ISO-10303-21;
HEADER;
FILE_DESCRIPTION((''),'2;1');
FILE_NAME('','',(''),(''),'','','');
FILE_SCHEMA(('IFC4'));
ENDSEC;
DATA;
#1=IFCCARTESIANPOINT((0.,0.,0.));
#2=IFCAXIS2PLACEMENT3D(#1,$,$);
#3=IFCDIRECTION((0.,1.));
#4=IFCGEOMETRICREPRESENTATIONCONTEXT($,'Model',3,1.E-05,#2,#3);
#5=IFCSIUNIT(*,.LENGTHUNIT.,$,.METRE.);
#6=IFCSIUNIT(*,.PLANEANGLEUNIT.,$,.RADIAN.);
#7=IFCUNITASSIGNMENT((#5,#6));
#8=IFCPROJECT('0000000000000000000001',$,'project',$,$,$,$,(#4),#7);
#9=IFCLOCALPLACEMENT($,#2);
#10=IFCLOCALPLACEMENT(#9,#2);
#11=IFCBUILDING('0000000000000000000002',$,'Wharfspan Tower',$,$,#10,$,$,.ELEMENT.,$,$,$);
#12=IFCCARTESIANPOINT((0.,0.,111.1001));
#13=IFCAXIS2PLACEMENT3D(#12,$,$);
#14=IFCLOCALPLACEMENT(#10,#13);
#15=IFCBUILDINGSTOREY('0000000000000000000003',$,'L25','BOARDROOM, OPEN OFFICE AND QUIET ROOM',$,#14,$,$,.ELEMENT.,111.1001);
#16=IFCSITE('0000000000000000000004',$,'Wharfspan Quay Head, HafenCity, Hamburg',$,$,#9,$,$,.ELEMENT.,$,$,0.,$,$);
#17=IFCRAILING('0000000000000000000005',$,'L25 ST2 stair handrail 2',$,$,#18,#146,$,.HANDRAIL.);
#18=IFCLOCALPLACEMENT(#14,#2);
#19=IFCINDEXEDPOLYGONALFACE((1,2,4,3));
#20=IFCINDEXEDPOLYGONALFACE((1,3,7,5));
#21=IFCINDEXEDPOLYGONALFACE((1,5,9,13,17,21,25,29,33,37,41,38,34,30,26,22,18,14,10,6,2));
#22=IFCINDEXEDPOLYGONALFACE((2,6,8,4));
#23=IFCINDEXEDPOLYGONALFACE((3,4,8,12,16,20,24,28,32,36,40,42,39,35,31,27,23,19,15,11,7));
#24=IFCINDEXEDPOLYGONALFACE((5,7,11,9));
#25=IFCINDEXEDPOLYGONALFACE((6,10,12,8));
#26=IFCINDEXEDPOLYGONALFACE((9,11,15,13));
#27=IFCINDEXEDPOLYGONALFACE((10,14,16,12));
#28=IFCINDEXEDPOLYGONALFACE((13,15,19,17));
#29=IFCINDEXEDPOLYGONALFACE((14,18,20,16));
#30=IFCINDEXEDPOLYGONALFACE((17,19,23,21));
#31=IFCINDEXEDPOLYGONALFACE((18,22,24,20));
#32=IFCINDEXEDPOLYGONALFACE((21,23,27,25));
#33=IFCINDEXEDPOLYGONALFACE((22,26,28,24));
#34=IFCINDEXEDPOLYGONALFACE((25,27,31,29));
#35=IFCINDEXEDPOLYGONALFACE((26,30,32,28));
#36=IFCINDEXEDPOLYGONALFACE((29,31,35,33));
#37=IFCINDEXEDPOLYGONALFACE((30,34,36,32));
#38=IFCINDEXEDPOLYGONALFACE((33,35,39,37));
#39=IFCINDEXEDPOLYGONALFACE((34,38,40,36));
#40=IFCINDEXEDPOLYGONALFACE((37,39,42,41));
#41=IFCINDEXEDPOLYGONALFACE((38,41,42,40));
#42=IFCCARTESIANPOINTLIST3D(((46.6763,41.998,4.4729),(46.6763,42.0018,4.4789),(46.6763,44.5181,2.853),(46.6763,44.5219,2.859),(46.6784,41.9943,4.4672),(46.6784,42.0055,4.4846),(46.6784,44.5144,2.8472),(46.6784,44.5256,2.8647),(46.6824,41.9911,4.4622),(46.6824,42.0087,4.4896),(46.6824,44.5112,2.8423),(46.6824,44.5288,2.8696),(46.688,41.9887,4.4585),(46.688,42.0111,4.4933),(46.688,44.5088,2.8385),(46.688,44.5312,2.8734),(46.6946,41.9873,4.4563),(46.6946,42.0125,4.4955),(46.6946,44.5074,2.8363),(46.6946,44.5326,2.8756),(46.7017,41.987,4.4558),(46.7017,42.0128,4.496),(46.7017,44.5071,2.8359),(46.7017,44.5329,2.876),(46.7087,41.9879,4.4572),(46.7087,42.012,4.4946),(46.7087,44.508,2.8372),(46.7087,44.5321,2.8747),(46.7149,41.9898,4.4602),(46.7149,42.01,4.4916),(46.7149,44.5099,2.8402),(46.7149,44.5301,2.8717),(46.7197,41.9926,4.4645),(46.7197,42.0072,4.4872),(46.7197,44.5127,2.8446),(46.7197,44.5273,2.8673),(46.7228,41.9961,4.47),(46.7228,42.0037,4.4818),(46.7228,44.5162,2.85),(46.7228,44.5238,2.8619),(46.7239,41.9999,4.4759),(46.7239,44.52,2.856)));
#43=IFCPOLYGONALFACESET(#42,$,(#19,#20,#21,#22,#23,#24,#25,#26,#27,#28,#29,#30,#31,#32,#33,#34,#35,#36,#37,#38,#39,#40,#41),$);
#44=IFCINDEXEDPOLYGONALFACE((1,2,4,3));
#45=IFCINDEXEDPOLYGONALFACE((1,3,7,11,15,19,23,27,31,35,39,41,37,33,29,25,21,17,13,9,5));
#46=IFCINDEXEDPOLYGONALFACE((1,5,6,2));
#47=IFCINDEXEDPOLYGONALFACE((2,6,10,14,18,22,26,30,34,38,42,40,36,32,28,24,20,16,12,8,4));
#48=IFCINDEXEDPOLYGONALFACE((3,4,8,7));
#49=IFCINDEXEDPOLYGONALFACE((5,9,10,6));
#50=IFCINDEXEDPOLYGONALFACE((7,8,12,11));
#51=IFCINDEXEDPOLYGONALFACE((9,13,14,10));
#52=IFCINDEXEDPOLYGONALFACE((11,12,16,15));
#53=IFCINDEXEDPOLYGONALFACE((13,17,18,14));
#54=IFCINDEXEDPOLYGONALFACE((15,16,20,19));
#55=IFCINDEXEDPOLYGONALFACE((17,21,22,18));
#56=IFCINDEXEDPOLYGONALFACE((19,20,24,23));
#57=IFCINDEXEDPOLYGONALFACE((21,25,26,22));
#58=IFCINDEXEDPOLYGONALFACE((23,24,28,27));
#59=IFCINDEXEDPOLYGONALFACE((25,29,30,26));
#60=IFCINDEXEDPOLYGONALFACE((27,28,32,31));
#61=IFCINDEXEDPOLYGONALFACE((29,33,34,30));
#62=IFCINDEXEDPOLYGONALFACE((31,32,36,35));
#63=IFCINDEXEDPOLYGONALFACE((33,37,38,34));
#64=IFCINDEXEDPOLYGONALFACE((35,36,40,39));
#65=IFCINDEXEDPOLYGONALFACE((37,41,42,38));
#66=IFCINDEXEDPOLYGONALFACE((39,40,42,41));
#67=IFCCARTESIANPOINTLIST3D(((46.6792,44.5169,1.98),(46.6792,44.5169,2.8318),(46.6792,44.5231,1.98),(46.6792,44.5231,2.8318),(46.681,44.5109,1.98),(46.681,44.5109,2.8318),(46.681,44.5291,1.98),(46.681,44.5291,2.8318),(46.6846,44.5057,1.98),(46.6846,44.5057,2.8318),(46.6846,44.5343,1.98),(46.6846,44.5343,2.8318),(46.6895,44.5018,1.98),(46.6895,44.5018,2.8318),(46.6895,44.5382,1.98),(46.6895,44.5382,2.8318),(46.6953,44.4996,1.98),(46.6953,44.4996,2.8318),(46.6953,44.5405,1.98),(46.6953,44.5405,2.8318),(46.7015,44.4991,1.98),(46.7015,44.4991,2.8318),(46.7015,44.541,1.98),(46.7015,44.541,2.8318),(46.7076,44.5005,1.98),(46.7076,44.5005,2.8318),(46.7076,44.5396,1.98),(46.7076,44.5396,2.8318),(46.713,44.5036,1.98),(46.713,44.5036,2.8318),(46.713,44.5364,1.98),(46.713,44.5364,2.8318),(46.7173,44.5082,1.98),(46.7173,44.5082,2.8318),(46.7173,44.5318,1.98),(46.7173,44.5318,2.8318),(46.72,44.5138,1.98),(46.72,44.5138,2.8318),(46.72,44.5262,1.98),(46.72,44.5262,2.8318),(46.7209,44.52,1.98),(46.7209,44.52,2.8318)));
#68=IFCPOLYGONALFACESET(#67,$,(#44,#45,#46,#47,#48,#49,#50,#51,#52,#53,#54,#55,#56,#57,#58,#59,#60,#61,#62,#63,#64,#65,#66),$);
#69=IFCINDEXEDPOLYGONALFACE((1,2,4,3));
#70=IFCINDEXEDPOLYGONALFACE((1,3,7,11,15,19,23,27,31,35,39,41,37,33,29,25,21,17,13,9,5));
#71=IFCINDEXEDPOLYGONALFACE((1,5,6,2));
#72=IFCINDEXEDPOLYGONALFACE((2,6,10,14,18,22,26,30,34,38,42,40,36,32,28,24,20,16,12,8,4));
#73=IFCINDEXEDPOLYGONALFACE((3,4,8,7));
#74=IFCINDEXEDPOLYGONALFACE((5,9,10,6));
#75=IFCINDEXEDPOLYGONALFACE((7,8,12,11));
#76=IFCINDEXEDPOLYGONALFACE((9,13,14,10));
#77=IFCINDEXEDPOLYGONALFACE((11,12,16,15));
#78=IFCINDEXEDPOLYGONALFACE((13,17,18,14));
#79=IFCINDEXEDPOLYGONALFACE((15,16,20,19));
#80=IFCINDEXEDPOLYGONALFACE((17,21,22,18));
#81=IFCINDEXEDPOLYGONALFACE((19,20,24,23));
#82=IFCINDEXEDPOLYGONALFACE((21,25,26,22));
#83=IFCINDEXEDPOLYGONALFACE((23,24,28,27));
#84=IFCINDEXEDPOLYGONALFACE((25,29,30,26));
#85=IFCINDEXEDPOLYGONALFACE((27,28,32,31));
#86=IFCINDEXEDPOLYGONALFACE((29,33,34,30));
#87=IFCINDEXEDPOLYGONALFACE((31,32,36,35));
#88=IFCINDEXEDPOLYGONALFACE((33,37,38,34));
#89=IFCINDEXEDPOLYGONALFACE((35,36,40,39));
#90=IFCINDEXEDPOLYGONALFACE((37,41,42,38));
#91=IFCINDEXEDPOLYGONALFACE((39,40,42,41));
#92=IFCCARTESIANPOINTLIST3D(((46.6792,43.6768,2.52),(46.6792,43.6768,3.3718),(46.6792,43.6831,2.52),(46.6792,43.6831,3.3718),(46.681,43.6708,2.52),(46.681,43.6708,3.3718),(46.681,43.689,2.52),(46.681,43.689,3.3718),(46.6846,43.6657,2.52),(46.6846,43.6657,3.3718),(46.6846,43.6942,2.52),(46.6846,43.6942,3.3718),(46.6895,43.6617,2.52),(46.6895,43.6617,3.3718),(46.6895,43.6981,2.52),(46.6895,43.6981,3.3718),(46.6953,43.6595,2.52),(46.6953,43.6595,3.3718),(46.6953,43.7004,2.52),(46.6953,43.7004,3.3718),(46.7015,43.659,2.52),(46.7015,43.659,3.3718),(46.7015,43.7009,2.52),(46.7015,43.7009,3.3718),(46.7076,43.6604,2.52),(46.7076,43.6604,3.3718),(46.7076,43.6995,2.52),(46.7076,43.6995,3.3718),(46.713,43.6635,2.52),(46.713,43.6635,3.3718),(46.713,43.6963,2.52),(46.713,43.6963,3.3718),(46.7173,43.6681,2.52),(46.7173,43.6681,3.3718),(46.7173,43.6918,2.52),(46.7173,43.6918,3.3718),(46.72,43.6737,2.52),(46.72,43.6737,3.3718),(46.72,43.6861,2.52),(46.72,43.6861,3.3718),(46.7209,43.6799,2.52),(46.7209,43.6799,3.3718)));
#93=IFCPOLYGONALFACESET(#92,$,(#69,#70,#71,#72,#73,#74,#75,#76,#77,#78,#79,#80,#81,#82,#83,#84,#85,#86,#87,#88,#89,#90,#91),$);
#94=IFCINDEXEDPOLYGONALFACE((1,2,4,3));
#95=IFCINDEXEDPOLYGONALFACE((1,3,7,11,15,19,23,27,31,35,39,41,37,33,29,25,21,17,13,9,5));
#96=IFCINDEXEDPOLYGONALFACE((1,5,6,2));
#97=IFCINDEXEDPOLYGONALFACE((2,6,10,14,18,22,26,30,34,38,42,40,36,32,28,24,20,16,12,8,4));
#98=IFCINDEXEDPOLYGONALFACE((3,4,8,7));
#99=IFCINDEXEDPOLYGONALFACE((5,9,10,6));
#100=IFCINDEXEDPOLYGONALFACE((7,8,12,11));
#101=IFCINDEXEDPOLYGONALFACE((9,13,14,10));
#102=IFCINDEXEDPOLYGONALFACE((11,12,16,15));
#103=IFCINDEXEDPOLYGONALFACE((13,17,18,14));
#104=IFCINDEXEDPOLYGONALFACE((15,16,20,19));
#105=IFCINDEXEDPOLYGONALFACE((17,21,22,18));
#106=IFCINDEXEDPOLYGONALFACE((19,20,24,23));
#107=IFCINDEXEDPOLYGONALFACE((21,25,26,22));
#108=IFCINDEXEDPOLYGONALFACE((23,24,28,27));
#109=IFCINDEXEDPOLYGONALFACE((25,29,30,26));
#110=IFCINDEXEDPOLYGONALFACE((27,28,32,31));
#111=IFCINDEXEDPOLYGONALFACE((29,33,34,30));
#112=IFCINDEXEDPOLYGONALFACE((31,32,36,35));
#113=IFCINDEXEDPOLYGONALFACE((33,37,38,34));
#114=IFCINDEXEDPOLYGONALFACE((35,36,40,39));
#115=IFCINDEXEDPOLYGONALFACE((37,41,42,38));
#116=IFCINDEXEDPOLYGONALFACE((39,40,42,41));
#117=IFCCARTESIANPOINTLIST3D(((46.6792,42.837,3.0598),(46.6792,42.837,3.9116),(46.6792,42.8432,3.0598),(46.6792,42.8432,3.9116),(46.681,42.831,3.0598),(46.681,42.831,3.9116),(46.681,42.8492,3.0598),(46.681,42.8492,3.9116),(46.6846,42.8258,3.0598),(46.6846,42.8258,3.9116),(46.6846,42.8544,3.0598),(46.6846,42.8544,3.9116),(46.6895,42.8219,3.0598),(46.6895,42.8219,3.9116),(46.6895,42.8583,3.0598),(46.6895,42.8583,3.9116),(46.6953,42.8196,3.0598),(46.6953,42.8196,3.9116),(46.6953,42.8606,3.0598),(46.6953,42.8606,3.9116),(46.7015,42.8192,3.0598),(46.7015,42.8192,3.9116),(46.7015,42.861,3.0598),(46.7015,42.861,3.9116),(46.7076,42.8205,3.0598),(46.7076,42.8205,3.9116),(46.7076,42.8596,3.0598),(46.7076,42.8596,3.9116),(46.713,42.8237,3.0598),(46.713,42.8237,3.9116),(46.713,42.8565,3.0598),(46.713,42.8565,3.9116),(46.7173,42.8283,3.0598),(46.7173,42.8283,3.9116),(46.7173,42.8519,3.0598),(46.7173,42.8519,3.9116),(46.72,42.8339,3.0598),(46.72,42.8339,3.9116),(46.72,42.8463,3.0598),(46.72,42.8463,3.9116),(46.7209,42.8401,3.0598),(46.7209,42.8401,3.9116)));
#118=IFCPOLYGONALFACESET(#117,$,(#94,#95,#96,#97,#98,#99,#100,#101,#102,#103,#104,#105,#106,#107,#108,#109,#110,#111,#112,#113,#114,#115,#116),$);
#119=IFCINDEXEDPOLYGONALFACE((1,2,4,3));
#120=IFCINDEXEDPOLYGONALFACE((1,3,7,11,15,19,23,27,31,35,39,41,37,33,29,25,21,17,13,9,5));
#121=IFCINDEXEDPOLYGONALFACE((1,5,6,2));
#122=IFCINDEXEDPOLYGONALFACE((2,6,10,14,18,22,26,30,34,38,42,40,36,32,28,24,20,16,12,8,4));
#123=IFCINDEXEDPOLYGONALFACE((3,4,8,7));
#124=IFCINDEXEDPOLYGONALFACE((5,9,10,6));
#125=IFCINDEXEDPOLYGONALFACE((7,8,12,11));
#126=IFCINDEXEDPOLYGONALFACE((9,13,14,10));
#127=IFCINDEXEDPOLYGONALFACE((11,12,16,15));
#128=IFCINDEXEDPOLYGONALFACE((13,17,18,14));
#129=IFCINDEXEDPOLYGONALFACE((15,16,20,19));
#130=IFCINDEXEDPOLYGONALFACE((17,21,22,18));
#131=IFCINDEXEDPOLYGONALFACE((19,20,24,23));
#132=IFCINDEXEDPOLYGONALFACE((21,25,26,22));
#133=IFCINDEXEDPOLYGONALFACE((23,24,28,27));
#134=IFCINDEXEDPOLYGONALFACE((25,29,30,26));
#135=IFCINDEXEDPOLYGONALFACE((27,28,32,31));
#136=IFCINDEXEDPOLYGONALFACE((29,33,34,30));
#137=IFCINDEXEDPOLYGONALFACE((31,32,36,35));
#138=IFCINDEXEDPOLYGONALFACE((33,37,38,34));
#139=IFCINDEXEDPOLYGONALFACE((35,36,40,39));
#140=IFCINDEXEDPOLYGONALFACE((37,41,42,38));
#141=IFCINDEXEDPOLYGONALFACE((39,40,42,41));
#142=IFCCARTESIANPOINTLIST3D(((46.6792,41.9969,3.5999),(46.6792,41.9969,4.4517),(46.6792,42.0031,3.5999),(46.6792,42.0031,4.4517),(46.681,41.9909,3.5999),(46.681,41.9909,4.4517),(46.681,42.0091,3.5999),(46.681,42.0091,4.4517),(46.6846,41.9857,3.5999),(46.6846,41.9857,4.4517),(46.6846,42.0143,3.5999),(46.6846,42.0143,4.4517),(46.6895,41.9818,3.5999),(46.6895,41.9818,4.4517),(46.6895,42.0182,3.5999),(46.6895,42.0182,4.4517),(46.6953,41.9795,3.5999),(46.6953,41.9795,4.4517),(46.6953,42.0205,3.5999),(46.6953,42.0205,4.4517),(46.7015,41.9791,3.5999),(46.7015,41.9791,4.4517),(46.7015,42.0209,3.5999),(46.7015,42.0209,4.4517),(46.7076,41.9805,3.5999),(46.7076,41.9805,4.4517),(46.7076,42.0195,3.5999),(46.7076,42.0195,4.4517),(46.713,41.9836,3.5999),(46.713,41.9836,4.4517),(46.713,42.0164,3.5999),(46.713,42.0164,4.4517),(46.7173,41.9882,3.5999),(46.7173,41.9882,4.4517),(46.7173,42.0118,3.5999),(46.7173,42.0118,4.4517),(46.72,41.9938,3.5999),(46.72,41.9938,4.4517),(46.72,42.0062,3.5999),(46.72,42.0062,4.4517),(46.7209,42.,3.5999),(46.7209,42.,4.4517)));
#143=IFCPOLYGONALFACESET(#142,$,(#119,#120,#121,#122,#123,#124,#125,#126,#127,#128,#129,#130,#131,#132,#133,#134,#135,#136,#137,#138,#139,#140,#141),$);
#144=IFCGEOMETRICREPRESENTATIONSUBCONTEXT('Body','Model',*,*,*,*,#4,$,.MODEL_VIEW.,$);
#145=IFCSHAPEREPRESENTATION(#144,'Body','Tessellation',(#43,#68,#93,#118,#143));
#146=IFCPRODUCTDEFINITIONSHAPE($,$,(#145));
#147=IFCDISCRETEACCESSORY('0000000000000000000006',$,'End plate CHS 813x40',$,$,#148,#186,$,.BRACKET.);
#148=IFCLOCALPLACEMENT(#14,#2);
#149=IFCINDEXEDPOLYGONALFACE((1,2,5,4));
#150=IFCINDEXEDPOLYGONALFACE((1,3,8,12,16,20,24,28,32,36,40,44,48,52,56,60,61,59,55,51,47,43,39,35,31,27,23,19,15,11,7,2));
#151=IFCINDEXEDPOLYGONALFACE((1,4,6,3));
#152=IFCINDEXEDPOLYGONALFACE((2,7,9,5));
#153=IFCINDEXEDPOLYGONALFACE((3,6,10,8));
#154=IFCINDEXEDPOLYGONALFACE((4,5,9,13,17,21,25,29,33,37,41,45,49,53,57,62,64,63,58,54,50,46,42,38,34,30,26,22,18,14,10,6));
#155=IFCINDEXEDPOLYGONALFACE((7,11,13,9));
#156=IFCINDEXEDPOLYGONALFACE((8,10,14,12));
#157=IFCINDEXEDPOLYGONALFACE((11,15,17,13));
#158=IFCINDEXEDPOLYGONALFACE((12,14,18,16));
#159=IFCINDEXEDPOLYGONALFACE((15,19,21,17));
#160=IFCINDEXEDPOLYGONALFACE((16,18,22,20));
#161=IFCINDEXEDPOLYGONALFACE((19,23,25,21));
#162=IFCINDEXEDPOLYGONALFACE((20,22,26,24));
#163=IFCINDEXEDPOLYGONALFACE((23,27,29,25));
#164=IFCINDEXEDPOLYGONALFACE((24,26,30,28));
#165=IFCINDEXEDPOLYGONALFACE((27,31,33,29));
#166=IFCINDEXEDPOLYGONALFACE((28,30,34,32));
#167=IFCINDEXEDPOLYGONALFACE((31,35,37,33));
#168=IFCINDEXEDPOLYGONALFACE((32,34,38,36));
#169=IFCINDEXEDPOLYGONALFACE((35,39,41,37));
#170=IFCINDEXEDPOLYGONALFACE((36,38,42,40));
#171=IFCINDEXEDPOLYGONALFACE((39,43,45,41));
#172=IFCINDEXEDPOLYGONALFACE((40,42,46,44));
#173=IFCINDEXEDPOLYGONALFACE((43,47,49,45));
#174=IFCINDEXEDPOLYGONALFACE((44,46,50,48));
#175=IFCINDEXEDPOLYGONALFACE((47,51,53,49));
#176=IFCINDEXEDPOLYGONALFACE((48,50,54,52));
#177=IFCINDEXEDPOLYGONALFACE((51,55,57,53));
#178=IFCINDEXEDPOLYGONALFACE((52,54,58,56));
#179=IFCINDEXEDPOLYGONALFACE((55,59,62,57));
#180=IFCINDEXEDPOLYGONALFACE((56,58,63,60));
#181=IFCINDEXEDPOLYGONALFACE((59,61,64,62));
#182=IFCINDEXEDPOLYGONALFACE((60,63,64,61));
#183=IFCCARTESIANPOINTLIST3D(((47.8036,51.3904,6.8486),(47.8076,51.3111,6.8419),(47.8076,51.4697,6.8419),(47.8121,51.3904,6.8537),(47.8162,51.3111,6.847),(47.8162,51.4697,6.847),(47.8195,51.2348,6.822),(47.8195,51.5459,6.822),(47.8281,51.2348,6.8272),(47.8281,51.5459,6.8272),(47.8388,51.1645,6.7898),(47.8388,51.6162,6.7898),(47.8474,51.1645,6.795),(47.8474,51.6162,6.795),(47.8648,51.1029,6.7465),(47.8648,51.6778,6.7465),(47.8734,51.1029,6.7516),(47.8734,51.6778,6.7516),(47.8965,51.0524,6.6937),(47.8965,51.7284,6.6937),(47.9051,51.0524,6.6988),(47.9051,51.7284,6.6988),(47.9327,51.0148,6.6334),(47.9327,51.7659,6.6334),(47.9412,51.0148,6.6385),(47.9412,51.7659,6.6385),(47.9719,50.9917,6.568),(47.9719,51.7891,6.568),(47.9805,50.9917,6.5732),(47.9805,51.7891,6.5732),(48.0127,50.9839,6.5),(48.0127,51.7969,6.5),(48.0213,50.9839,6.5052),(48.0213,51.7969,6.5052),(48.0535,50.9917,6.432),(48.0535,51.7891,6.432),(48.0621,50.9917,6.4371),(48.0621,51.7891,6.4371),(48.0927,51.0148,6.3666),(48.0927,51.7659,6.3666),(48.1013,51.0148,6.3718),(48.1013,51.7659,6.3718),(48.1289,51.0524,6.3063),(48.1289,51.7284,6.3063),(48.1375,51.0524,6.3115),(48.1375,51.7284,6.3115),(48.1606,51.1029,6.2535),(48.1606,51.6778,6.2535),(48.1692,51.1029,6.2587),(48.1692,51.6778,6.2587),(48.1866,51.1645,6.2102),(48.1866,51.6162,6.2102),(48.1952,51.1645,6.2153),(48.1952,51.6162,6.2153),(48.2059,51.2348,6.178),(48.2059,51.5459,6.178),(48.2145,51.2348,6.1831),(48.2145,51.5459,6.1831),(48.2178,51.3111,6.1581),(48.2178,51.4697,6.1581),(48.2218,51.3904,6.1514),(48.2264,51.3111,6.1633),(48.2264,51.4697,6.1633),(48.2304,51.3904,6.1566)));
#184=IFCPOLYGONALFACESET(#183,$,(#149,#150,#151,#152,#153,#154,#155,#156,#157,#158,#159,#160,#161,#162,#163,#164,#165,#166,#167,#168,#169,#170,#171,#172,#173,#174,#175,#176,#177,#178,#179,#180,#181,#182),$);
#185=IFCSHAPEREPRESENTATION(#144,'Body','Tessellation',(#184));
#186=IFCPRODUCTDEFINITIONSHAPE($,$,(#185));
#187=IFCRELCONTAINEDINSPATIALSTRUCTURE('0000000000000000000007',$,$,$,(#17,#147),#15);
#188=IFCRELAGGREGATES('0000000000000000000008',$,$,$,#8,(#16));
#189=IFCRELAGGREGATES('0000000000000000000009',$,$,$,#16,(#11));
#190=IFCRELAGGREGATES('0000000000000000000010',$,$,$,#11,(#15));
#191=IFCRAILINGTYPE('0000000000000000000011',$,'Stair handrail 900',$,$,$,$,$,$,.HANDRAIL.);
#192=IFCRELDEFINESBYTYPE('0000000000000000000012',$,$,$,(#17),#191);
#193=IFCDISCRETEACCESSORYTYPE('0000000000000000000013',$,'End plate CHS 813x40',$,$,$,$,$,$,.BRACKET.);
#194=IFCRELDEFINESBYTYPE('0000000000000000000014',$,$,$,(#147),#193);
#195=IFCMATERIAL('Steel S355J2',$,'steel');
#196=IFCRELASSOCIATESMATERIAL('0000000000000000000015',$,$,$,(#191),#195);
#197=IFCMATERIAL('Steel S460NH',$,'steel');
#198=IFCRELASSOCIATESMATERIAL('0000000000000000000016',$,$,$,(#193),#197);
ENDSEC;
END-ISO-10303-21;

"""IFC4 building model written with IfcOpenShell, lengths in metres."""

from ifc_helpers import new_model, si_unit, direction, frame, origin, origin_2d, place, context, subcontext, project, spatial, circle, extrude, material, material_profile, profile_set, type_object, element, save


model = new_model("IFC4")

# Units and contexts
model_context = context("Model", 3, precision=1e-05, world=origin(), true_north=direction((0.0, 1.0)))
body_context = subcontext(model_context, "Body", "Model", "MODEL_VIEW")
ifc_project = project(units=[si_unit("LENGTHUNIT", "METRE"), si_unit("PLANEANGLEUNIT", "RADIAN")], contexts=[model_context])

# Site, building, storey
site_placement = place(None, origin())
site = spatial("IfcSite", under=ifc_project, at=site_placement, Name="Wharfspan Quay Head, HafenCity, Hamburg", CompositionType="ELEMENT", RefElevation=0.0)
building_placement = place(site_placement, origin())
building = spatial("IfcBuilding", under=site, at=building_placement, Name="Wharfspan Tower", CompositionType="ELEMENT")
storey_placement = place(building_placement, frame((0.0, 0.0, 111.1001)))
storey = spatial("IfcBuildingStorey", under=building, at=storey_placement, Name="L25", Description="BOARDROOM, OPEN OFFICE AND QUIET ROOM", CompositionType="ELEMENT", Elevation=111.1001)

# Shared definitions
ifc_material_1 = material(Name="Steel S355J2", Category="steel")

# Railing
railing_type_1 = type_object("IfcRailingType", Name="Stair handrail 900", PredefinedType="HANDRAIL", material=ifc_material_1)
railing_1_placement = place(storey_placement, frame((46.7, 44.52, 1.98)))
element("IfcRailing", 1, at=railing_1_placement, inside=storey, type_object=railing_type_1, Name="L25 ST2 stair handrail 2", PredefinedType="HANDRAIL", context=body_context, shape_type="SweptSolid", body=[
    extrude(circle(Radius=0.0239, at=origin_2d()), frame((0.0, 0.0, 0.876), z_axis=(0.0, -0.8412, 0.540725), x_axis=(1.0, 0.0, 0.0)), (0.0, 0.0, 1.0), 2.9958),
    extrude(circle(Radius=0.021, at=origin_2d()), origin(), (0.0, 0.0, 1.0), 0.8518),
    extrude(circle(Radius=0.021, at=origin_2d()), frame((0.0, -0.8401, 0.54)), (0.0, 0.0, 1.0), 0.8518),
    extrude(circle(Radius=0.021, at=origin_2d()), frame((0.0, -1.6799, 1.0798)), (0.0, 0.0, 1.0), 0.8518),
    extrude(circle(Radius=0.021, at=origin_2d()), frame((0.0, -2.52, 1.6199)), (0.0, 0.0, 1.0), 0.8518),
])

# Discrete accessory
ifc_material_2 = material(Name="Steel S460NH", Category="steel")
ifc_material_profile_1 = material_profile(ifc_material_2, circle(Radius=0.4065, at=origin_2d()))
ifc_profile_set_1 = profile_set([ifc_material_profile_1], Name="Steel S460NH")
discrete_accessory_type = type_object("IfcDiscreteAccessoryType", Name="End plate CHS 813x40", PredefinedType="BRACKET", material=ifc_profile_set_1)
discrete_accessory_placement = place(storey_placement, frame((48.0127, 51.3904, 6.5), z_axis=(0.857493, 0.0, 0.514496), x_axis=(0.0, 1.0, 0.0)))
element("IfcDiscreteAccessory", 2, at=discrete_accessory_placement, inside=storey, type_object=discrete_accessory_type, Name="End plate CHS 813x40", PredefinedType="BRACKET", context=body_context, shape_type="SweptSolid", body=[
    extrude(circle(Radius=0.4065, at=origin_2d()), origin(), (0.0, 0.0, 1.0), 0.01),
])

save(model, "model.ifc")
